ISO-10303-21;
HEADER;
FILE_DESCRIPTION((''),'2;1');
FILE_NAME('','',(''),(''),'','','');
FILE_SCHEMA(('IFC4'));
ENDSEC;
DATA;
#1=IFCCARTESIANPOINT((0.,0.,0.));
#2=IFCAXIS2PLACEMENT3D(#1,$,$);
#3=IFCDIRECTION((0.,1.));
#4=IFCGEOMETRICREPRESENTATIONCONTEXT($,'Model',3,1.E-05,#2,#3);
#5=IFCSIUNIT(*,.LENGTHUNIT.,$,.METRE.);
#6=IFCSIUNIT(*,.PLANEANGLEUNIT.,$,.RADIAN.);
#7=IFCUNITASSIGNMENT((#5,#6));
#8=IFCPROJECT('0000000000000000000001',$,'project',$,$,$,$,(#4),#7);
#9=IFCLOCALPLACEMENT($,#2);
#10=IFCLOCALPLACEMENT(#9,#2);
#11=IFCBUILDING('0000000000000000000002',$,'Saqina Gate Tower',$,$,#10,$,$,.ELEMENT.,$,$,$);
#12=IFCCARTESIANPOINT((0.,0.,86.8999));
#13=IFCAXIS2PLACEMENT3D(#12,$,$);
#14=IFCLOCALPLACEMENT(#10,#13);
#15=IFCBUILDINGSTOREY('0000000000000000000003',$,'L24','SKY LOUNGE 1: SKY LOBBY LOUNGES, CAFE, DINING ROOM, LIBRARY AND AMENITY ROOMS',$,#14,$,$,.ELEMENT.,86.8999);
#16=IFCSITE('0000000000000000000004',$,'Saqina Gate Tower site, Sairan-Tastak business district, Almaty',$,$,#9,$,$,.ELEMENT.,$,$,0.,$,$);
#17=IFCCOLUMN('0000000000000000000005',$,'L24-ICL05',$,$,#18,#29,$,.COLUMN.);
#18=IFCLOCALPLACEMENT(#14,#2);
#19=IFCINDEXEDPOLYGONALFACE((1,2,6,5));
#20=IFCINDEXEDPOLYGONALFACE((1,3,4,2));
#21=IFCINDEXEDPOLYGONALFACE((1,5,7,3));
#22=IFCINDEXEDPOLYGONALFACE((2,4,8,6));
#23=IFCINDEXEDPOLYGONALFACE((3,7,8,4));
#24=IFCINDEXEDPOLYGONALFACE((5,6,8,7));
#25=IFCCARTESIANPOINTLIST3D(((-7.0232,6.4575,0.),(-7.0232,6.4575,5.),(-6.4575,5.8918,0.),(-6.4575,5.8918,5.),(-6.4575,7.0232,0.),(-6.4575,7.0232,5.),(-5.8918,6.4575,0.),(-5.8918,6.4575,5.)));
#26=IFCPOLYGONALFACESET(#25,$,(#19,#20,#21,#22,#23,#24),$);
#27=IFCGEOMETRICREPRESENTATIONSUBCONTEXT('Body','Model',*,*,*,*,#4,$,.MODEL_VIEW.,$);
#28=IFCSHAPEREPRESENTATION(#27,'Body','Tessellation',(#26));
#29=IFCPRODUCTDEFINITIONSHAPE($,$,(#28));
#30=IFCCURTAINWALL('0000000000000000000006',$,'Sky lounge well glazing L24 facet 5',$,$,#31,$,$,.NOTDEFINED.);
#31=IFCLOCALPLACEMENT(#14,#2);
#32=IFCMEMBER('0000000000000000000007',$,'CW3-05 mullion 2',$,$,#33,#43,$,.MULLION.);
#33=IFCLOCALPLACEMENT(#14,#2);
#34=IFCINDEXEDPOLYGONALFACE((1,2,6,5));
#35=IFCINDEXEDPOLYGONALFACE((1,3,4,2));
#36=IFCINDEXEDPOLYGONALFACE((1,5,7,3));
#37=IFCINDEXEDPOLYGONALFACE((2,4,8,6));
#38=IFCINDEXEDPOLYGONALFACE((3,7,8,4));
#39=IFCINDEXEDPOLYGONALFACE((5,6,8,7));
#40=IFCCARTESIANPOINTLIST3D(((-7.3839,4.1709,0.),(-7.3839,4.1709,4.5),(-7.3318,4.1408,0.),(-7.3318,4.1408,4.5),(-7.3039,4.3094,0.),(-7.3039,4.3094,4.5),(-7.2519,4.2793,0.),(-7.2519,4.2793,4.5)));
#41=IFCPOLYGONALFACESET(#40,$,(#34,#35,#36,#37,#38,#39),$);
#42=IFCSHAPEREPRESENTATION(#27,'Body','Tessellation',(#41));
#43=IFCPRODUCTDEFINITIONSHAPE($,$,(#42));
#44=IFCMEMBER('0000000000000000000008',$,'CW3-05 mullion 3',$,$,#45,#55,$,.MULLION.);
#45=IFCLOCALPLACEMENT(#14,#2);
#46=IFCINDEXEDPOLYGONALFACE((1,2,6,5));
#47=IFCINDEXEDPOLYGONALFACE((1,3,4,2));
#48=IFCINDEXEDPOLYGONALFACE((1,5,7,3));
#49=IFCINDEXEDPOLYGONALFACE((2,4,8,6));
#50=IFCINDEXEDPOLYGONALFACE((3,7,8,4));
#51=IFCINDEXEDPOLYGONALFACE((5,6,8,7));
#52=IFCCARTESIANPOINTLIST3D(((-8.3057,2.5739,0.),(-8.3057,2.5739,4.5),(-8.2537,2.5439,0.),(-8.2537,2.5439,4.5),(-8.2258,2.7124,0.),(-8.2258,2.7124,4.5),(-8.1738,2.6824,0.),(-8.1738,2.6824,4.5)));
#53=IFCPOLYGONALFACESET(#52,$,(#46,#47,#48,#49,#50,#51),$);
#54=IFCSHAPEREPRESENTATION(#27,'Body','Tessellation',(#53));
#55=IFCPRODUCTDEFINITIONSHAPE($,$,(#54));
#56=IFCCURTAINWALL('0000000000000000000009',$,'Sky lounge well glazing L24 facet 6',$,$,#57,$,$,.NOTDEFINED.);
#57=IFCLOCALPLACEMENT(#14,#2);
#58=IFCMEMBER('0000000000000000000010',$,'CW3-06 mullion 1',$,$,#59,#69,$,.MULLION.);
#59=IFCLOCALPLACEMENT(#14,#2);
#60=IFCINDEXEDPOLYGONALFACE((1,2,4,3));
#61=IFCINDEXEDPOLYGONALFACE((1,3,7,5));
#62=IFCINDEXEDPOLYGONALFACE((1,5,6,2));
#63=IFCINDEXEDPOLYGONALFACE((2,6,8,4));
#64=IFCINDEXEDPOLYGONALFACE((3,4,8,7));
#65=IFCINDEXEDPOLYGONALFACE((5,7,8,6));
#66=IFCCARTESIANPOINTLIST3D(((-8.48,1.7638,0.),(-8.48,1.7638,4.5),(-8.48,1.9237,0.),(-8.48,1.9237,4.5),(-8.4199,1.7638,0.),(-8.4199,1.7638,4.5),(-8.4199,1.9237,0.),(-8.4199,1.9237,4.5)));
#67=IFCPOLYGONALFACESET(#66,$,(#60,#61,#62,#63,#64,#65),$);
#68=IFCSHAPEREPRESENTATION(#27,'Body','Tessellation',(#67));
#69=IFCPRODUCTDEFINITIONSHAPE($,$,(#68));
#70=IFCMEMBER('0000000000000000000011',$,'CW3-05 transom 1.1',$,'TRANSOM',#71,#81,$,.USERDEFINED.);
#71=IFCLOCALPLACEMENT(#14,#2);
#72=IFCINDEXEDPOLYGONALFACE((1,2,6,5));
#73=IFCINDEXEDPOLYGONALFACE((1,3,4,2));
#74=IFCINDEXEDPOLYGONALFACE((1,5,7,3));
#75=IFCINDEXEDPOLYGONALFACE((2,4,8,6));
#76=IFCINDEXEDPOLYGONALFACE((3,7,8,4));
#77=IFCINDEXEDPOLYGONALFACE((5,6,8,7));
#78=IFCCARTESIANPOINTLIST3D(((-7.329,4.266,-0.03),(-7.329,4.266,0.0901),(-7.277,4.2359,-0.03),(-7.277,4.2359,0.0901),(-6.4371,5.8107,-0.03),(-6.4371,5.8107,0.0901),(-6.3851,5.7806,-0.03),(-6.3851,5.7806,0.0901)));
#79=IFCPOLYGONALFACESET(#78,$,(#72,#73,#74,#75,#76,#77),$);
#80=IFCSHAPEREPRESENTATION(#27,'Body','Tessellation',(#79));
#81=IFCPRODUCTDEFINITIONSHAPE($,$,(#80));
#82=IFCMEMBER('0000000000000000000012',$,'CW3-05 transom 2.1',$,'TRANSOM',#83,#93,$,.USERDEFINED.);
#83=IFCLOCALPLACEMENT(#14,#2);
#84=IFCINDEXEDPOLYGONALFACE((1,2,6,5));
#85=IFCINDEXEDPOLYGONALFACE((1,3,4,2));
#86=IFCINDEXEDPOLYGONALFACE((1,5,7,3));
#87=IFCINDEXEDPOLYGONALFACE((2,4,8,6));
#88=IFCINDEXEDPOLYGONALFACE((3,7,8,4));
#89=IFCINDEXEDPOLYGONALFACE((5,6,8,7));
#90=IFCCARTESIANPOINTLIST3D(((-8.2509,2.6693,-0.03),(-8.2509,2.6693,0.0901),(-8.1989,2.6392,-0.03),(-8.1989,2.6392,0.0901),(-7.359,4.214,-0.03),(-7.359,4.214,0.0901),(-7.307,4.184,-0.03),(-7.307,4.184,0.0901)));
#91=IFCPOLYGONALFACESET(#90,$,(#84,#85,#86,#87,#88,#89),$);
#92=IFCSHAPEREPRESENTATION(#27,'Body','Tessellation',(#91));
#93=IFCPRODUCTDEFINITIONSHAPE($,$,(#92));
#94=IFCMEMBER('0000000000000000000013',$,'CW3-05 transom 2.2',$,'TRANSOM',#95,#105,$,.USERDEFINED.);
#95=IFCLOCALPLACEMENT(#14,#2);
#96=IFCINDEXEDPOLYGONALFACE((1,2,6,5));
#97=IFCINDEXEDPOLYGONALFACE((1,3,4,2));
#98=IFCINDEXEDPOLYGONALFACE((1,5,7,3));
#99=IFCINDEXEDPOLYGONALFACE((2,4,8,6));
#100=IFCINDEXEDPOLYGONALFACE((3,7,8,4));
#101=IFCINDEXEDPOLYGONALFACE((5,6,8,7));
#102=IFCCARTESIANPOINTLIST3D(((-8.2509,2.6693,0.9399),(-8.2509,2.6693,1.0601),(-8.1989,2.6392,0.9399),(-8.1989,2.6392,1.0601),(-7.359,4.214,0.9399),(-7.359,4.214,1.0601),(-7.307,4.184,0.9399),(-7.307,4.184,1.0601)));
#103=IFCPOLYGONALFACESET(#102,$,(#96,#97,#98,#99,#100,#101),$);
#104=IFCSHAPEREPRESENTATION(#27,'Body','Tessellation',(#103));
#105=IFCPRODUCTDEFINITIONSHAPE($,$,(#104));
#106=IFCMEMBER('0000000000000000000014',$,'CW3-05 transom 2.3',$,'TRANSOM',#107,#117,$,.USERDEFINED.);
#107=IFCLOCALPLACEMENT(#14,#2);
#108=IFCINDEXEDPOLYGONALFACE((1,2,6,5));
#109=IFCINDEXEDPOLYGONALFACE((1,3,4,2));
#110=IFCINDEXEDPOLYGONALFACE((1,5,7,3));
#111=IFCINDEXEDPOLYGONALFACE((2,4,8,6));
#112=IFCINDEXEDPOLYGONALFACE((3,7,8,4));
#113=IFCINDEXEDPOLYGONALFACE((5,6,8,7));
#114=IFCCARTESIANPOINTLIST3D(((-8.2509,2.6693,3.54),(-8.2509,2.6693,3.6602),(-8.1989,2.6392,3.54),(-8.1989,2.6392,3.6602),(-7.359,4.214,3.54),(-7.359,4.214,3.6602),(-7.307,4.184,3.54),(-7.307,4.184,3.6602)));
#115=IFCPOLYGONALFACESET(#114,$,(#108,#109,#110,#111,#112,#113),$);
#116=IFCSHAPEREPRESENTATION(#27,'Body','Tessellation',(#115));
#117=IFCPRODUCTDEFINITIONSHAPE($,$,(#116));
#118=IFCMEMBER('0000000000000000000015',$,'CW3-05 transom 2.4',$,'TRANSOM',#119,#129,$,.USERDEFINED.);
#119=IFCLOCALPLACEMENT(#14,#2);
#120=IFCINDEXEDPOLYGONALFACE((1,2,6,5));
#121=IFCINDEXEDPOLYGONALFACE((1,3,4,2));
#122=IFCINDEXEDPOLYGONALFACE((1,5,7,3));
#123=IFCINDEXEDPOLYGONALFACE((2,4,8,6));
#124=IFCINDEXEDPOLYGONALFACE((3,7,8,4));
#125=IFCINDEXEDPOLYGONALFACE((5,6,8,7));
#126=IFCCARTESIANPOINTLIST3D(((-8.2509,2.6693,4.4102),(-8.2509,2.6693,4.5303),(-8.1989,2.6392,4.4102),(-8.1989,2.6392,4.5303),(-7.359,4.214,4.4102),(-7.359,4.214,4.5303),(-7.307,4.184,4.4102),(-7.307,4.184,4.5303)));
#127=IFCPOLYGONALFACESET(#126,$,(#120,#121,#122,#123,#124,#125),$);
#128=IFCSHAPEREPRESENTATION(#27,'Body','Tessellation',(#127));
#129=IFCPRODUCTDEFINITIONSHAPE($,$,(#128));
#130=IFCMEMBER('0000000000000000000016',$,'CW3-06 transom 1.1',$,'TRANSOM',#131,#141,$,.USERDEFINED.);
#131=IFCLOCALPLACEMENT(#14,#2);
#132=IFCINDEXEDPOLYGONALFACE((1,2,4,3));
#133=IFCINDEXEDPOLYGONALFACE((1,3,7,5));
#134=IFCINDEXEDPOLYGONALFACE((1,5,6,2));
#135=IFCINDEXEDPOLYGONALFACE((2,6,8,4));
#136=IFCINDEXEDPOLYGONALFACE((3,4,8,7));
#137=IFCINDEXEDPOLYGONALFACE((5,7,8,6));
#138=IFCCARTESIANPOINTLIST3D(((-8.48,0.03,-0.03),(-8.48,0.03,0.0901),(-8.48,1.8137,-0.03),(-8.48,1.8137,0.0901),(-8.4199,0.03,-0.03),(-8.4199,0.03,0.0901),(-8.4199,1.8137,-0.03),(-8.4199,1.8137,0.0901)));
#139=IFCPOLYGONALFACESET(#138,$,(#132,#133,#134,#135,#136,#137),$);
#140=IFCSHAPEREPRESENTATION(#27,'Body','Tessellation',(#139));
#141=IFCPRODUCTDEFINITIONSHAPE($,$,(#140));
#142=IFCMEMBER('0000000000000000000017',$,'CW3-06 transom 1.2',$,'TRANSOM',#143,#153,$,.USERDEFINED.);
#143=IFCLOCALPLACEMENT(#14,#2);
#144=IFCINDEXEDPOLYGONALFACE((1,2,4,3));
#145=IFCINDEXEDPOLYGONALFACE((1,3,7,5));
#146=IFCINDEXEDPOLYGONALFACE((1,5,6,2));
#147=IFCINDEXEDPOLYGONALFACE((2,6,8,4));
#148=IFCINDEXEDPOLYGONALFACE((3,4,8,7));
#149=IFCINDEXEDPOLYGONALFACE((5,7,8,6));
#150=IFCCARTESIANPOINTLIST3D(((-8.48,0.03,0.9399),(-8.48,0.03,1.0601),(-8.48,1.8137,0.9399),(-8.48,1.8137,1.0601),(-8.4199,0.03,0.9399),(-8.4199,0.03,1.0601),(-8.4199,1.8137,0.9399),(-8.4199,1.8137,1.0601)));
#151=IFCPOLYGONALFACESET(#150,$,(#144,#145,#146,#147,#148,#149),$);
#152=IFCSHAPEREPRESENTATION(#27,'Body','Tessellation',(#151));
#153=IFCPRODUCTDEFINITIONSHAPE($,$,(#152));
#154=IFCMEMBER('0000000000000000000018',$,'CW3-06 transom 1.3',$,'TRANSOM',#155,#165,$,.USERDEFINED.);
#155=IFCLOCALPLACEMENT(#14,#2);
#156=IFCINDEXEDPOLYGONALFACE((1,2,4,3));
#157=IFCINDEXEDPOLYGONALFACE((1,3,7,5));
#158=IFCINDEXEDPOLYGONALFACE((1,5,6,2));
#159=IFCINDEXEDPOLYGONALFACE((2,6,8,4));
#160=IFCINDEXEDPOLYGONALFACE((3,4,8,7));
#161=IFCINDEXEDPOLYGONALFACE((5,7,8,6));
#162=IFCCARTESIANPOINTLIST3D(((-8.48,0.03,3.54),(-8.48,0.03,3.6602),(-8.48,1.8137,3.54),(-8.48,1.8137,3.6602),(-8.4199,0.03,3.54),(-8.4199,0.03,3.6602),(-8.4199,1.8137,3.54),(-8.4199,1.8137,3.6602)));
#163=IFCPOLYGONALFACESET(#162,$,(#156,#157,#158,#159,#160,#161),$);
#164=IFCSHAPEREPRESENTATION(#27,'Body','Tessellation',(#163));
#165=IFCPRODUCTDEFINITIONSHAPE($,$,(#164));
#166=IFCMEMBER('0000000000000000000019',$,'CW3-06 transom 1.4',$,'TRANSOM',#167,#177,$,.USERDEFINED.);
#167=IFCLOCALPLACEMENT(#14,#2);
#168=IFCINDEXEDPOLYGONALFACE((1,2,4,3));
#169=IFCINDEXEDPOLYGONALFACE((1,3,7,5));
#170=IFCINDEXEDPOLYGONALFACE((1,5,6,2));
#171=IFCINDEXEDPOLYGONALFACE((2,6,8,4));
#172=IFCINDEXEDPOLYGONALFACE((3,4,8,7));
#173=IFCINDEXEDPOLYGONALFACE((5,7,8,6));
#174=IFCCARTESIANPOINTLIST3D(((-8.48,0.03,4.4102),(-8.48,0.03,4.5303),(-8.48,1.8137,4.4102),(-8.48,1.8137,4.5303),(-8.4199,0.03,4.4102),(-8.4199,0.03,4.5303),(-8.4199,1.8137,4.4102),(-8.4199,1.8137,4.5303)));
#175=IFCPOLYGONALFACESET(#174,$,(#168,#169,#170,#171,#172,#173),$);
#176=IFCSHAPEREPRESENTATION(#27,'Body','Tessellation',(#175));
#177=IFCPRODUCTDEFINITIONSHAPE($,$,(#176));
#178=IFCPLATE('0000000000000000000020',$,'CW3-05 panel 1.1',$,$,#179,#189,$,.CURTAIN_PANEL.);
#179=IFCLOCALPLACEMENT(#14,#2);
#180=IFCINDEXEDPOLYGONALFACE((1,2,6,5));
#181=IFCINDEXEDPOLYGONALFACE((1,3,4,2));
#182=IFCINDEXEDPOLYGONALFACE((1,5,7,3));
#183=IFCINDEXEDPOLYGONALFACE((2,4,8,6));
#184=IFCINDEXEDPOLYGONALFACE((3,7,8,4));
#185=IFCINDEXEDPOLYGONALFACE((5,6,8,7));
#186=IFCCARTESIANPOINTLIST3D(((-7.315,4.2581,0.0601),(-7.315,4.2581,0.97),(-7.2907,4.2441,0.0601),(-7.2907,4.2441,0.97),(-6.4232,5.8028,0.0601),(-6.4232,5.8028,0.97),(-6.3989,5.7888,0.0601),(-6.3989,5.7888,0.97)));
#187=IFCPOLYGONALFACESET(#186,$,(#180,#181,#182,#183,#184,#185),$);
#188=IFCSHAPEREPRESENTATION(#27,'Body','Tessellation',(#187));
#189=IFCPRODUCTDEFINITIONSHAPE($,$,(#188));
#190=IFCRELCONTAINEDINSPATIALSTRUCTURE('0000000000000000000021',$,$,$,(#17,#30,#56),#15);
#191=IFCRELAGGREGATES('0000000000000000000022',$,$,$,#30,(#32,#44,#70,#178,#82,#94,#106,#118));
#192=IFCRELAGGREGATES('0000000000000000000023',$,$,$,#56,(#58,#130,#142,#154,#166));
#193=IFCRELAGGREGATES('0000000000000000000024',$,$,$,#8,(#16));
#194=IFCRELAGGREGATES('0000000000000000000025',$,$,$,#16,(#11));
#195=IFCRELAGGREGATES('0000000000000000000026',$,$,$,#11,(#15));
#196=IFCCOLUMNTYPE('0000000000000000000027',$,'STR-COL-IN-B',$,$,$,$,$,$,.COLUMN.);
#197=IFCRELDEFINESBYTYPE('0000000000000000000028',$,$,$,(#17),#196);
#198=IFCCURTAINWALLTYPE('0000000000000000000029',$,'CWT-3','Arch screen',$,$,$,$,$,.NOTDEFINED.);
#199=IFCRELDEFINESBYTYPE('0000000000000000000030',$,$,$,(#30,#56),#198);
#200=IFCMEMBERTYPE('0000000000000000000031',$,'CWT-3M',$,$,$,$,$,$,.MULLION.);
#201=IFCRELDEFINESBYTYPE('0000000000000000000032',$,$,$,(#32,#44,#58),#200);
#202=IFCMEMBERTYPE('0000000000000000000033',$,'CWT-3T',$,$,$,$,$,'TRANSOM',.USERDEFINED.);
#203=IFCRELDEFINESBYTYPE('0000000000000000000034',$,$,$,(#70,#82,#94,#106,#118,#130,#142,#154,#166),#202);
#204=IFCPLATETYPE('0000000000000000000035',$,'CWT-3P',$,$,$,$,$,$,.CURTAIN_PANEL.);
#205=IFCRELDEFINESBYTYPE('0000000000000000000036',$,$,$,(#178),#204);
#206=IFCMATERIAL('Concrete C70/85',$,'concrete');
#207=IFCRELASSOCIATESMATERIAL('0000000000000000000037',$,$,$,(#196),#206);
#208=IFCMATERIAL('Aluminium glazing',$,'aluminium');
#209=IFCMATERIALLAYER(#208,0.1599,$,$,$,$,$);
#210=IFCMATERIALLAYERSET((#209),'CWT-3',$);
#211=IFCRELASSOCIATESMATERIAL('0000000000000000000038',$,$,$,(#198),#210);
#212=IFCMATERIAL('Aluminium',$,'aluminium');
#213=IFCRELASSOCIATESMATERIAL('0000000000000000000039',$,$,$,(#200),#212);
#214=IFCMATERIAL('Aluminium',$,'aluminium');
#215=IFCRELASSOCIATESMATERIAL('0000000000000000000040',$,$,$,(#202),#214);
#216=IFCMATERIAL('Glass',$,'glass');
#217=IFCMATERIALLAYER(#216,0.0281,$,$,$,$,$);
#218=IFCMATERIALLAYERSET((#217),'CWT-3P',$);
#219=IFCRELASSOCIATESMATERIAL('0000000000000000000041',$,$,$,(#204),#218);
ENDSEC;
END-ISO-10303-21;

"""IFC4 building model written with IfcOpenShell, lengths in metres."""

from ifc_helpers import new_model, si_unit, direction, frame, origin, origin_2d, place, context, subcontext, project, spatial, rectangle, extrude, material, layer, layer_set, material_profile, profile_set, type_object, element, aggregate, save


model = new_model("IFC4")

# Units and contexts
model_context = context("Model", 3, precision=1e-05, world=origin(), true_north=direction((0.0, 1.0)))
body_context = subcontext(model_context, "Body", "Model", "MODEL_VIEW")
ifc_project = project(units=[si_unit("LENGTHUNIT", "METRE"), si_unit("PLANEANGLEUNIT", "RADIAN")], contexts=[model_context])

# Site, building, storey
site_placement = place(None, origin())
site = spatial("IfcSite", under=ifc_project, at=site_placement, Name="Saqina Gate Tower site, Sairan-Tastak business district, Almaty", CompositionType="ELEMENT", RefElevation=0.0)
building_placement = place(site_placement, origin())
building = spatial("IfcBuilding", under=site, at=building_placement, Name="Saqina Gate Tower", CompositionType="ELEMENT")
storey_placement = place(building_placement, frame((0.0, 0.0, 86.8999)))
storey = spatial("IfcBuildingStorey", under=building, at=storey_placement, Name="L24", Description="SKY LOUNGE 1: SKY LOBBY LOUNGES, CAFE, DINING ROOM, LIBRARY AND AMENITY ROOMS", CompositionType="ELEMENT", Elevation=86.8999)

# Column
ifc_material_1 = material(Name="Concrete C70/85", Category="concrete")
ifc_material_profile_1 = material_profile(ifc_material_1, rectangle(XDim=0.8, YDim=0.8, at=origin_2d()), Name="RC 800x800")
ifc_profile_set_1 = profile_set([ifc_material_profile_1], Name="Concrete C70/85")
column_type = type_object("IfcColumnType", Name="STR-COL-IN-B", PredefinedType="COLUMN", material=ifc_profile_set_1)
column_placement = place(storey_placement, frame((-6.4575, 6.4575, 0.0), z_axis=(0.0, 0.0, 1.0), x_axis=(-0.707107, 0.707107, 0.0)))
element("IfcColumn", 1, at=column_placement, inside=storey, type_object=column_type, Name="L24-ICL05", PredefinedType="COLUMN", context=body_context, shape_type="SweptSolid", body=[
    extrude(rectangle(XDim=0.8, YDim=0.8, at=origin_2d()), origin(), (0.0, 0.0, 1.0), 5.0),
])

# Curtain wall, members
ifc_material_2 = material(Name="Aluminium glazing", Category="aluminium")
ifc_layer_1 = layer(ifc_material_2, 0.1599)
ifc_layer_set_1 = layer_set([ifc_layer_1], Name="CWT-3")
curtain_wall_type = type_object("IfcCurtainWallType", Name="CWT-3", Description="Arch screen", PredefinedType="NOTDEFINED", material=ifc_layer_set_1)
curtain_wall_1_placement = place(storey_placement, origin())
curtain_wall_1 = element("IfcCurtainWall", 2, at=curtain_wall_1_placement, inside=storey, type_object=curtain_wall_type, Name="Sky lounge well glazing L24 facet 5", PredefinedType="NOTDEFINED")
ifc_material_3 = material(Name="Aluminium", Category="aluminium")
ifc_material_profile_2 = material_profile(ifc_material_3, rectangle(XDim=0.0601, YDim=0.1599, at=origin_2d()), Name="Aluminium 60x160")
ifc_profile_set_2 = profile_set([ifc_material_profile_2], Name="Aluminium")
member_type_1 = type_object("IfcMemberType", Name="CWT-3M", PredefinedType="MULLION", material=ifc_profile_set_2)
member_1_placement = place(storey_placement, frame((-7.3179, 4.2251, 0.0), z_axis=(0.0, 0.0, 1.0), x_axis=(0.866029, -0.499993, 0.0)))
member_1 = element("IfcMember", 3, at=member_1_placement, type_object=member_type_1, Name="CW3-05 mullion 2", PredefinedType="MULLION", context=body_context, shape_type="SweptSolid", body=[
    extrude(rectangle(XDim=0.0601, YDim=0.1599, at=origin_2d()), origin(), (0.0, 0.0, 1.0), 4.5),
])
member_2_placement = place(storey_placement, frame((-8.2397, 2.6282, 0.0), z_axis=(0.0, 0.0, 1.0), x_axis=(0.866029, -0.499993, 0.0)))
member_2 = element("IfcMember", 4, at=member_2_placement, type_object=member_type_1, Name="CW3-05 mullion 3", PredefinedType="MULLION", context=body_context, shape_type="SweptSolid", body=[
    extrude(rectangle(XDim=0.0601, YDim=0.1599, at=origin_2d()), origin(), (0.0, 0.0, 1.0), 4.5),
])

# Curtain wall, member
curtain_wall_2_placement = place(storey_placement, origin())
curtain_wall_2 = element("IfcCurtainWall", 5, at=curtain_wall_2_placement, inside=storey, type_object=curtain_wall_type, Name="Sky lounge well glazing L24 facet 6", PredefinedType="NOTDEFINED")
member_3_placement = place(storey_placement, frame((-8.45, 1.8438, 0.0), z_axis=(0.0, 0.0, 1.0), x_axis=(1.0, 0.0, 0.0)))
member_3 = element("IfcMember", 6, at=member_3_placement, type_object=member_type_1, Name="CW3-06 mullion 1", PredefinedType="MULLION", context=body_context, shape_type="SweptSolid", body=[
    extrude(rectangle(XDim=0.0601, YDim=0.1599, at=origin_2d()), origin(), (0.0, 0.0, 1.0), 4.5),
])

# Members
ifc_material_4 = material(Name="Aluminium", Category="aluminium")
ifc_material_profile_3 = material_profile(ifc_material_4, rectangle(XDim=0.0601, YDim=0.1201, at=origin_2d()), Name="Aluminium 60x120")
ifc_profile_set_3 = profile_set([ifc_material_profile_3], Name="Aluminium")
member_type_2 = type_object("IfcMemberType", Name="CWT-3T", ElementType="TRANSOM", PredefinedType="USERDEFINED", material=ifc_profile_set_3)
member_4_placement = place(storey_placement, frame((-6.4111, 5.7957, 0.03), z_axis=(-0.500011, -0.866019, 0.0), x_axis=(0.866019, -0.500011, 0.0)))
member_4 = element("IfcMember", 7, at=member_4_placement, type_object=member_type_2, Name="CW3-05 transom 1.1", ObjectType="TRANSOM", PredefinedType="USERDEFINED", context=body_context, shape_type="SweptSolid", body=[
    extrude(rectangle(XDim=0.0601, YDim=0.1201, at=origin_2d()), origin(), (0.0, 0.0, 1.0), 1.7837),
])
member_5_placement = place(storey_placement, frame((-7.333, 4.199, 0.03), z_axis=(-0.500011, -0.866019, 0.0), x_axis=(0.866019, -0.500011, 0.0)))
member_5 = element("IfcMember", 8, at=member_5_placement, type_object=member_type_2, Name="CW3-05 transom 2.1", ObjectType="TRANSOM", PredefinedType="USERDEFINED", context=body_context, shape_type="SweptSolid", body=[
    extrude(rectangle(XDim=0.0601, YDim=0.1201, at=origin_2d()), origin(), (0.0, 0.0, 1.0), 1.7837),
])
member_6_placement = place(storey_placement, frame((-7.333, 4.199, 1.0), z_axis=(-0.500011, -0.866019, 0.0), x_axis=(0.866019, -0.500011, 0.0)))
member_6 = element("IfcMember", 9, at=member_6_placement, type_object=member_type_2, Name="CW3-05 transom 2.2", ObjectType="TRANSOM", PredefinedType="USERDEFINED", context=body_context, shape_type="SweptSolid", body=[
    extrude(rectangle(XDim=0.0601, YDim=0.1201, at=origin_2d()), origin(), (0.0, 0.0, 1.0), 1.7837),
])
member_7_placement = place(storey_placement, frame((-7.333, 4.199, 3.6001), z_axis=(-0.500011, -0.866019, 0.0), x_axis=(0.866019, -0.500011, 0.0)))
member_7 = element("IfcMember", 10, at=member_7_placement, type_object=member_type_2, Name="CW3-05 transom 2.3", ObjectType="TRANSOM", PredefinedType="USERDEFINED", context=body_context, shape_type="SweptSolid", body=[
    extrude(rectangle(XDim=0.0601, YDim=0.1201, at=origin_2d()), origin(), (0.0, 0.0, 1.0), 1.7837),
])
member_8_placement = place(storey_placement, frame((-7.333, 4.199, 4.4702), z_axis=(-0.500011, -0.866019, 0.0), x_axis=(0.866019, -0.500011, 0.0)))
member_8 = element("IfcMember", 11, at=member_8_placement, type_object=member_type_2, Name="CW3-05 transom 2.4", ObjectType="TRANSOM", PredefinedType="USERDEFINED", context=body_context, shape_type="SweptSolid", body=[
    extrude(rectangle(XDim=0.0601, YDim=0.1201, at=origin_2d()), origin(), (0.0, 0.0, 1.0), 1.7837),
])
member_9_placement = place(storey_placement, frame((-8.45, 1.8137, 0.03), z_axis=(0.0, -1.0, 0.0), x_axis=(1.0, 0.0, 0.0)))
member_9 = element("IfcMember", 12, at=member_9_placement, type_object=member_type_2, Name="CW3-06 transom 1.1", ObjectType="TRANSOM", PredefinedType="USERDEFINED", context=body_context, shape_type="SweptSolid", body=[
    extrude(rectangle(XDim=0.0601, YDim=0.1201, at=origin_2d()), origin(), (0.0, 0.0, 1.0), 1.7837),
])
member_10_placement = place(storey_placement, frame((-8.45, 1.8137, 1.0), z_axis=(0.0, -1.0, 0.0), x_axis=(1.0, 0.0, 0.0)))
member_10 = element("IfcMember", 13, at=member_10_placement, type_object=member_type_2, Name="CW3-06 transom 1.2", ObjectType="TRANSOM", PredefinedType="USERDEFINED", context=body_context, shape_type="SweptSolid", body=[
    extrude(rectangle(XDim=0.0601, YDim=0.1201, at=origin_2d()), origin(), (0.0, 0.0, 1.0), 1.7837),
])
member_11_placement = place(storey_placement, frame((-8.45, 1.8137, 3.6001), z_axis=(0.0, -1.0, 0.0), x_axis=(1.0, 0.0, 0.0)))
member_11 = element("IfcMember", 14, at=member_11_placement, type_object=member_type_2, Name="CW3-06 transom 1.3", ObjectType="TRANSOM", PredefinedType="USERDEFINED", context=body_context, shape_type="SweptSolid", body=[
    extrude(rectangle(XDim=0.0601, YDim=0.1201, at=origin_2d()), origin(), (0.0, 0.0, 1.0), 1.7837),
])
member_12_placement = place(storey_placement, frame((-8.45, 1.8137, 4.4702), z_axis=(0.0, -1.0, 0.0), x_axis=(1.0, 0.0, 0.0)))
member_12 = element("IfcMember", 15, at=member_12_placement, type_object=member_type_2, Name="CW3-06 transom 1.4", ObjectType="TRANSOM", PredefinedType="USERDEFINED", context=body_context, shape_type="SweptSolid", body=[
    extrude(rectangle(XDim=0.0601, YDim=0.1201, at=origin_2d()), origin(), (0.0, 0.0, 1.0), 1.7837),
])

# Plate
ifc_material_5 = material(Name="Glass", Category="glass")
ifc_layer_2 = layer(ifc_material_5, 0.0281)
ifc_layer_set_2 = layer_set([ifc_layer_2], Name="CWT-3P")
plate_type = type_object("IfcPlateType", Name="CWT-3P", PredefinedType="CURTAIN_PANEL", material=ifc_layer_set_2)
plate_1_placement = place(storey_placement, frame((-6.8569, 5.0234, 0.0601), z_axis=(0.0, 0.0, 1.0), x_axis=(-0.499993, -0.866029, 0.0)))
plate_1 = element("IfcPlate", 16, at=plate_1_placement, type_object=plate_type, Name="CW3-05 panel 1.1", PredefinedType="CURTAIN_PANEL", context=body_context, shape_type="SweptSolid", body=[
    extrude(rectangle(XDim=1.7837, YDim=0.0281, at=origin_2d()), origin(), (0.0, 0.0, 1.0), 0.9099),
])
aggregate(curtain_wall_1, [member_1, member_2, member_4, plate_1, member_5, member_6, member_7, member_8])
aggregate(curtain_wall_2, [member_3, member_9, member_10, member_11, member_12])

save(model, "model.ifc")
